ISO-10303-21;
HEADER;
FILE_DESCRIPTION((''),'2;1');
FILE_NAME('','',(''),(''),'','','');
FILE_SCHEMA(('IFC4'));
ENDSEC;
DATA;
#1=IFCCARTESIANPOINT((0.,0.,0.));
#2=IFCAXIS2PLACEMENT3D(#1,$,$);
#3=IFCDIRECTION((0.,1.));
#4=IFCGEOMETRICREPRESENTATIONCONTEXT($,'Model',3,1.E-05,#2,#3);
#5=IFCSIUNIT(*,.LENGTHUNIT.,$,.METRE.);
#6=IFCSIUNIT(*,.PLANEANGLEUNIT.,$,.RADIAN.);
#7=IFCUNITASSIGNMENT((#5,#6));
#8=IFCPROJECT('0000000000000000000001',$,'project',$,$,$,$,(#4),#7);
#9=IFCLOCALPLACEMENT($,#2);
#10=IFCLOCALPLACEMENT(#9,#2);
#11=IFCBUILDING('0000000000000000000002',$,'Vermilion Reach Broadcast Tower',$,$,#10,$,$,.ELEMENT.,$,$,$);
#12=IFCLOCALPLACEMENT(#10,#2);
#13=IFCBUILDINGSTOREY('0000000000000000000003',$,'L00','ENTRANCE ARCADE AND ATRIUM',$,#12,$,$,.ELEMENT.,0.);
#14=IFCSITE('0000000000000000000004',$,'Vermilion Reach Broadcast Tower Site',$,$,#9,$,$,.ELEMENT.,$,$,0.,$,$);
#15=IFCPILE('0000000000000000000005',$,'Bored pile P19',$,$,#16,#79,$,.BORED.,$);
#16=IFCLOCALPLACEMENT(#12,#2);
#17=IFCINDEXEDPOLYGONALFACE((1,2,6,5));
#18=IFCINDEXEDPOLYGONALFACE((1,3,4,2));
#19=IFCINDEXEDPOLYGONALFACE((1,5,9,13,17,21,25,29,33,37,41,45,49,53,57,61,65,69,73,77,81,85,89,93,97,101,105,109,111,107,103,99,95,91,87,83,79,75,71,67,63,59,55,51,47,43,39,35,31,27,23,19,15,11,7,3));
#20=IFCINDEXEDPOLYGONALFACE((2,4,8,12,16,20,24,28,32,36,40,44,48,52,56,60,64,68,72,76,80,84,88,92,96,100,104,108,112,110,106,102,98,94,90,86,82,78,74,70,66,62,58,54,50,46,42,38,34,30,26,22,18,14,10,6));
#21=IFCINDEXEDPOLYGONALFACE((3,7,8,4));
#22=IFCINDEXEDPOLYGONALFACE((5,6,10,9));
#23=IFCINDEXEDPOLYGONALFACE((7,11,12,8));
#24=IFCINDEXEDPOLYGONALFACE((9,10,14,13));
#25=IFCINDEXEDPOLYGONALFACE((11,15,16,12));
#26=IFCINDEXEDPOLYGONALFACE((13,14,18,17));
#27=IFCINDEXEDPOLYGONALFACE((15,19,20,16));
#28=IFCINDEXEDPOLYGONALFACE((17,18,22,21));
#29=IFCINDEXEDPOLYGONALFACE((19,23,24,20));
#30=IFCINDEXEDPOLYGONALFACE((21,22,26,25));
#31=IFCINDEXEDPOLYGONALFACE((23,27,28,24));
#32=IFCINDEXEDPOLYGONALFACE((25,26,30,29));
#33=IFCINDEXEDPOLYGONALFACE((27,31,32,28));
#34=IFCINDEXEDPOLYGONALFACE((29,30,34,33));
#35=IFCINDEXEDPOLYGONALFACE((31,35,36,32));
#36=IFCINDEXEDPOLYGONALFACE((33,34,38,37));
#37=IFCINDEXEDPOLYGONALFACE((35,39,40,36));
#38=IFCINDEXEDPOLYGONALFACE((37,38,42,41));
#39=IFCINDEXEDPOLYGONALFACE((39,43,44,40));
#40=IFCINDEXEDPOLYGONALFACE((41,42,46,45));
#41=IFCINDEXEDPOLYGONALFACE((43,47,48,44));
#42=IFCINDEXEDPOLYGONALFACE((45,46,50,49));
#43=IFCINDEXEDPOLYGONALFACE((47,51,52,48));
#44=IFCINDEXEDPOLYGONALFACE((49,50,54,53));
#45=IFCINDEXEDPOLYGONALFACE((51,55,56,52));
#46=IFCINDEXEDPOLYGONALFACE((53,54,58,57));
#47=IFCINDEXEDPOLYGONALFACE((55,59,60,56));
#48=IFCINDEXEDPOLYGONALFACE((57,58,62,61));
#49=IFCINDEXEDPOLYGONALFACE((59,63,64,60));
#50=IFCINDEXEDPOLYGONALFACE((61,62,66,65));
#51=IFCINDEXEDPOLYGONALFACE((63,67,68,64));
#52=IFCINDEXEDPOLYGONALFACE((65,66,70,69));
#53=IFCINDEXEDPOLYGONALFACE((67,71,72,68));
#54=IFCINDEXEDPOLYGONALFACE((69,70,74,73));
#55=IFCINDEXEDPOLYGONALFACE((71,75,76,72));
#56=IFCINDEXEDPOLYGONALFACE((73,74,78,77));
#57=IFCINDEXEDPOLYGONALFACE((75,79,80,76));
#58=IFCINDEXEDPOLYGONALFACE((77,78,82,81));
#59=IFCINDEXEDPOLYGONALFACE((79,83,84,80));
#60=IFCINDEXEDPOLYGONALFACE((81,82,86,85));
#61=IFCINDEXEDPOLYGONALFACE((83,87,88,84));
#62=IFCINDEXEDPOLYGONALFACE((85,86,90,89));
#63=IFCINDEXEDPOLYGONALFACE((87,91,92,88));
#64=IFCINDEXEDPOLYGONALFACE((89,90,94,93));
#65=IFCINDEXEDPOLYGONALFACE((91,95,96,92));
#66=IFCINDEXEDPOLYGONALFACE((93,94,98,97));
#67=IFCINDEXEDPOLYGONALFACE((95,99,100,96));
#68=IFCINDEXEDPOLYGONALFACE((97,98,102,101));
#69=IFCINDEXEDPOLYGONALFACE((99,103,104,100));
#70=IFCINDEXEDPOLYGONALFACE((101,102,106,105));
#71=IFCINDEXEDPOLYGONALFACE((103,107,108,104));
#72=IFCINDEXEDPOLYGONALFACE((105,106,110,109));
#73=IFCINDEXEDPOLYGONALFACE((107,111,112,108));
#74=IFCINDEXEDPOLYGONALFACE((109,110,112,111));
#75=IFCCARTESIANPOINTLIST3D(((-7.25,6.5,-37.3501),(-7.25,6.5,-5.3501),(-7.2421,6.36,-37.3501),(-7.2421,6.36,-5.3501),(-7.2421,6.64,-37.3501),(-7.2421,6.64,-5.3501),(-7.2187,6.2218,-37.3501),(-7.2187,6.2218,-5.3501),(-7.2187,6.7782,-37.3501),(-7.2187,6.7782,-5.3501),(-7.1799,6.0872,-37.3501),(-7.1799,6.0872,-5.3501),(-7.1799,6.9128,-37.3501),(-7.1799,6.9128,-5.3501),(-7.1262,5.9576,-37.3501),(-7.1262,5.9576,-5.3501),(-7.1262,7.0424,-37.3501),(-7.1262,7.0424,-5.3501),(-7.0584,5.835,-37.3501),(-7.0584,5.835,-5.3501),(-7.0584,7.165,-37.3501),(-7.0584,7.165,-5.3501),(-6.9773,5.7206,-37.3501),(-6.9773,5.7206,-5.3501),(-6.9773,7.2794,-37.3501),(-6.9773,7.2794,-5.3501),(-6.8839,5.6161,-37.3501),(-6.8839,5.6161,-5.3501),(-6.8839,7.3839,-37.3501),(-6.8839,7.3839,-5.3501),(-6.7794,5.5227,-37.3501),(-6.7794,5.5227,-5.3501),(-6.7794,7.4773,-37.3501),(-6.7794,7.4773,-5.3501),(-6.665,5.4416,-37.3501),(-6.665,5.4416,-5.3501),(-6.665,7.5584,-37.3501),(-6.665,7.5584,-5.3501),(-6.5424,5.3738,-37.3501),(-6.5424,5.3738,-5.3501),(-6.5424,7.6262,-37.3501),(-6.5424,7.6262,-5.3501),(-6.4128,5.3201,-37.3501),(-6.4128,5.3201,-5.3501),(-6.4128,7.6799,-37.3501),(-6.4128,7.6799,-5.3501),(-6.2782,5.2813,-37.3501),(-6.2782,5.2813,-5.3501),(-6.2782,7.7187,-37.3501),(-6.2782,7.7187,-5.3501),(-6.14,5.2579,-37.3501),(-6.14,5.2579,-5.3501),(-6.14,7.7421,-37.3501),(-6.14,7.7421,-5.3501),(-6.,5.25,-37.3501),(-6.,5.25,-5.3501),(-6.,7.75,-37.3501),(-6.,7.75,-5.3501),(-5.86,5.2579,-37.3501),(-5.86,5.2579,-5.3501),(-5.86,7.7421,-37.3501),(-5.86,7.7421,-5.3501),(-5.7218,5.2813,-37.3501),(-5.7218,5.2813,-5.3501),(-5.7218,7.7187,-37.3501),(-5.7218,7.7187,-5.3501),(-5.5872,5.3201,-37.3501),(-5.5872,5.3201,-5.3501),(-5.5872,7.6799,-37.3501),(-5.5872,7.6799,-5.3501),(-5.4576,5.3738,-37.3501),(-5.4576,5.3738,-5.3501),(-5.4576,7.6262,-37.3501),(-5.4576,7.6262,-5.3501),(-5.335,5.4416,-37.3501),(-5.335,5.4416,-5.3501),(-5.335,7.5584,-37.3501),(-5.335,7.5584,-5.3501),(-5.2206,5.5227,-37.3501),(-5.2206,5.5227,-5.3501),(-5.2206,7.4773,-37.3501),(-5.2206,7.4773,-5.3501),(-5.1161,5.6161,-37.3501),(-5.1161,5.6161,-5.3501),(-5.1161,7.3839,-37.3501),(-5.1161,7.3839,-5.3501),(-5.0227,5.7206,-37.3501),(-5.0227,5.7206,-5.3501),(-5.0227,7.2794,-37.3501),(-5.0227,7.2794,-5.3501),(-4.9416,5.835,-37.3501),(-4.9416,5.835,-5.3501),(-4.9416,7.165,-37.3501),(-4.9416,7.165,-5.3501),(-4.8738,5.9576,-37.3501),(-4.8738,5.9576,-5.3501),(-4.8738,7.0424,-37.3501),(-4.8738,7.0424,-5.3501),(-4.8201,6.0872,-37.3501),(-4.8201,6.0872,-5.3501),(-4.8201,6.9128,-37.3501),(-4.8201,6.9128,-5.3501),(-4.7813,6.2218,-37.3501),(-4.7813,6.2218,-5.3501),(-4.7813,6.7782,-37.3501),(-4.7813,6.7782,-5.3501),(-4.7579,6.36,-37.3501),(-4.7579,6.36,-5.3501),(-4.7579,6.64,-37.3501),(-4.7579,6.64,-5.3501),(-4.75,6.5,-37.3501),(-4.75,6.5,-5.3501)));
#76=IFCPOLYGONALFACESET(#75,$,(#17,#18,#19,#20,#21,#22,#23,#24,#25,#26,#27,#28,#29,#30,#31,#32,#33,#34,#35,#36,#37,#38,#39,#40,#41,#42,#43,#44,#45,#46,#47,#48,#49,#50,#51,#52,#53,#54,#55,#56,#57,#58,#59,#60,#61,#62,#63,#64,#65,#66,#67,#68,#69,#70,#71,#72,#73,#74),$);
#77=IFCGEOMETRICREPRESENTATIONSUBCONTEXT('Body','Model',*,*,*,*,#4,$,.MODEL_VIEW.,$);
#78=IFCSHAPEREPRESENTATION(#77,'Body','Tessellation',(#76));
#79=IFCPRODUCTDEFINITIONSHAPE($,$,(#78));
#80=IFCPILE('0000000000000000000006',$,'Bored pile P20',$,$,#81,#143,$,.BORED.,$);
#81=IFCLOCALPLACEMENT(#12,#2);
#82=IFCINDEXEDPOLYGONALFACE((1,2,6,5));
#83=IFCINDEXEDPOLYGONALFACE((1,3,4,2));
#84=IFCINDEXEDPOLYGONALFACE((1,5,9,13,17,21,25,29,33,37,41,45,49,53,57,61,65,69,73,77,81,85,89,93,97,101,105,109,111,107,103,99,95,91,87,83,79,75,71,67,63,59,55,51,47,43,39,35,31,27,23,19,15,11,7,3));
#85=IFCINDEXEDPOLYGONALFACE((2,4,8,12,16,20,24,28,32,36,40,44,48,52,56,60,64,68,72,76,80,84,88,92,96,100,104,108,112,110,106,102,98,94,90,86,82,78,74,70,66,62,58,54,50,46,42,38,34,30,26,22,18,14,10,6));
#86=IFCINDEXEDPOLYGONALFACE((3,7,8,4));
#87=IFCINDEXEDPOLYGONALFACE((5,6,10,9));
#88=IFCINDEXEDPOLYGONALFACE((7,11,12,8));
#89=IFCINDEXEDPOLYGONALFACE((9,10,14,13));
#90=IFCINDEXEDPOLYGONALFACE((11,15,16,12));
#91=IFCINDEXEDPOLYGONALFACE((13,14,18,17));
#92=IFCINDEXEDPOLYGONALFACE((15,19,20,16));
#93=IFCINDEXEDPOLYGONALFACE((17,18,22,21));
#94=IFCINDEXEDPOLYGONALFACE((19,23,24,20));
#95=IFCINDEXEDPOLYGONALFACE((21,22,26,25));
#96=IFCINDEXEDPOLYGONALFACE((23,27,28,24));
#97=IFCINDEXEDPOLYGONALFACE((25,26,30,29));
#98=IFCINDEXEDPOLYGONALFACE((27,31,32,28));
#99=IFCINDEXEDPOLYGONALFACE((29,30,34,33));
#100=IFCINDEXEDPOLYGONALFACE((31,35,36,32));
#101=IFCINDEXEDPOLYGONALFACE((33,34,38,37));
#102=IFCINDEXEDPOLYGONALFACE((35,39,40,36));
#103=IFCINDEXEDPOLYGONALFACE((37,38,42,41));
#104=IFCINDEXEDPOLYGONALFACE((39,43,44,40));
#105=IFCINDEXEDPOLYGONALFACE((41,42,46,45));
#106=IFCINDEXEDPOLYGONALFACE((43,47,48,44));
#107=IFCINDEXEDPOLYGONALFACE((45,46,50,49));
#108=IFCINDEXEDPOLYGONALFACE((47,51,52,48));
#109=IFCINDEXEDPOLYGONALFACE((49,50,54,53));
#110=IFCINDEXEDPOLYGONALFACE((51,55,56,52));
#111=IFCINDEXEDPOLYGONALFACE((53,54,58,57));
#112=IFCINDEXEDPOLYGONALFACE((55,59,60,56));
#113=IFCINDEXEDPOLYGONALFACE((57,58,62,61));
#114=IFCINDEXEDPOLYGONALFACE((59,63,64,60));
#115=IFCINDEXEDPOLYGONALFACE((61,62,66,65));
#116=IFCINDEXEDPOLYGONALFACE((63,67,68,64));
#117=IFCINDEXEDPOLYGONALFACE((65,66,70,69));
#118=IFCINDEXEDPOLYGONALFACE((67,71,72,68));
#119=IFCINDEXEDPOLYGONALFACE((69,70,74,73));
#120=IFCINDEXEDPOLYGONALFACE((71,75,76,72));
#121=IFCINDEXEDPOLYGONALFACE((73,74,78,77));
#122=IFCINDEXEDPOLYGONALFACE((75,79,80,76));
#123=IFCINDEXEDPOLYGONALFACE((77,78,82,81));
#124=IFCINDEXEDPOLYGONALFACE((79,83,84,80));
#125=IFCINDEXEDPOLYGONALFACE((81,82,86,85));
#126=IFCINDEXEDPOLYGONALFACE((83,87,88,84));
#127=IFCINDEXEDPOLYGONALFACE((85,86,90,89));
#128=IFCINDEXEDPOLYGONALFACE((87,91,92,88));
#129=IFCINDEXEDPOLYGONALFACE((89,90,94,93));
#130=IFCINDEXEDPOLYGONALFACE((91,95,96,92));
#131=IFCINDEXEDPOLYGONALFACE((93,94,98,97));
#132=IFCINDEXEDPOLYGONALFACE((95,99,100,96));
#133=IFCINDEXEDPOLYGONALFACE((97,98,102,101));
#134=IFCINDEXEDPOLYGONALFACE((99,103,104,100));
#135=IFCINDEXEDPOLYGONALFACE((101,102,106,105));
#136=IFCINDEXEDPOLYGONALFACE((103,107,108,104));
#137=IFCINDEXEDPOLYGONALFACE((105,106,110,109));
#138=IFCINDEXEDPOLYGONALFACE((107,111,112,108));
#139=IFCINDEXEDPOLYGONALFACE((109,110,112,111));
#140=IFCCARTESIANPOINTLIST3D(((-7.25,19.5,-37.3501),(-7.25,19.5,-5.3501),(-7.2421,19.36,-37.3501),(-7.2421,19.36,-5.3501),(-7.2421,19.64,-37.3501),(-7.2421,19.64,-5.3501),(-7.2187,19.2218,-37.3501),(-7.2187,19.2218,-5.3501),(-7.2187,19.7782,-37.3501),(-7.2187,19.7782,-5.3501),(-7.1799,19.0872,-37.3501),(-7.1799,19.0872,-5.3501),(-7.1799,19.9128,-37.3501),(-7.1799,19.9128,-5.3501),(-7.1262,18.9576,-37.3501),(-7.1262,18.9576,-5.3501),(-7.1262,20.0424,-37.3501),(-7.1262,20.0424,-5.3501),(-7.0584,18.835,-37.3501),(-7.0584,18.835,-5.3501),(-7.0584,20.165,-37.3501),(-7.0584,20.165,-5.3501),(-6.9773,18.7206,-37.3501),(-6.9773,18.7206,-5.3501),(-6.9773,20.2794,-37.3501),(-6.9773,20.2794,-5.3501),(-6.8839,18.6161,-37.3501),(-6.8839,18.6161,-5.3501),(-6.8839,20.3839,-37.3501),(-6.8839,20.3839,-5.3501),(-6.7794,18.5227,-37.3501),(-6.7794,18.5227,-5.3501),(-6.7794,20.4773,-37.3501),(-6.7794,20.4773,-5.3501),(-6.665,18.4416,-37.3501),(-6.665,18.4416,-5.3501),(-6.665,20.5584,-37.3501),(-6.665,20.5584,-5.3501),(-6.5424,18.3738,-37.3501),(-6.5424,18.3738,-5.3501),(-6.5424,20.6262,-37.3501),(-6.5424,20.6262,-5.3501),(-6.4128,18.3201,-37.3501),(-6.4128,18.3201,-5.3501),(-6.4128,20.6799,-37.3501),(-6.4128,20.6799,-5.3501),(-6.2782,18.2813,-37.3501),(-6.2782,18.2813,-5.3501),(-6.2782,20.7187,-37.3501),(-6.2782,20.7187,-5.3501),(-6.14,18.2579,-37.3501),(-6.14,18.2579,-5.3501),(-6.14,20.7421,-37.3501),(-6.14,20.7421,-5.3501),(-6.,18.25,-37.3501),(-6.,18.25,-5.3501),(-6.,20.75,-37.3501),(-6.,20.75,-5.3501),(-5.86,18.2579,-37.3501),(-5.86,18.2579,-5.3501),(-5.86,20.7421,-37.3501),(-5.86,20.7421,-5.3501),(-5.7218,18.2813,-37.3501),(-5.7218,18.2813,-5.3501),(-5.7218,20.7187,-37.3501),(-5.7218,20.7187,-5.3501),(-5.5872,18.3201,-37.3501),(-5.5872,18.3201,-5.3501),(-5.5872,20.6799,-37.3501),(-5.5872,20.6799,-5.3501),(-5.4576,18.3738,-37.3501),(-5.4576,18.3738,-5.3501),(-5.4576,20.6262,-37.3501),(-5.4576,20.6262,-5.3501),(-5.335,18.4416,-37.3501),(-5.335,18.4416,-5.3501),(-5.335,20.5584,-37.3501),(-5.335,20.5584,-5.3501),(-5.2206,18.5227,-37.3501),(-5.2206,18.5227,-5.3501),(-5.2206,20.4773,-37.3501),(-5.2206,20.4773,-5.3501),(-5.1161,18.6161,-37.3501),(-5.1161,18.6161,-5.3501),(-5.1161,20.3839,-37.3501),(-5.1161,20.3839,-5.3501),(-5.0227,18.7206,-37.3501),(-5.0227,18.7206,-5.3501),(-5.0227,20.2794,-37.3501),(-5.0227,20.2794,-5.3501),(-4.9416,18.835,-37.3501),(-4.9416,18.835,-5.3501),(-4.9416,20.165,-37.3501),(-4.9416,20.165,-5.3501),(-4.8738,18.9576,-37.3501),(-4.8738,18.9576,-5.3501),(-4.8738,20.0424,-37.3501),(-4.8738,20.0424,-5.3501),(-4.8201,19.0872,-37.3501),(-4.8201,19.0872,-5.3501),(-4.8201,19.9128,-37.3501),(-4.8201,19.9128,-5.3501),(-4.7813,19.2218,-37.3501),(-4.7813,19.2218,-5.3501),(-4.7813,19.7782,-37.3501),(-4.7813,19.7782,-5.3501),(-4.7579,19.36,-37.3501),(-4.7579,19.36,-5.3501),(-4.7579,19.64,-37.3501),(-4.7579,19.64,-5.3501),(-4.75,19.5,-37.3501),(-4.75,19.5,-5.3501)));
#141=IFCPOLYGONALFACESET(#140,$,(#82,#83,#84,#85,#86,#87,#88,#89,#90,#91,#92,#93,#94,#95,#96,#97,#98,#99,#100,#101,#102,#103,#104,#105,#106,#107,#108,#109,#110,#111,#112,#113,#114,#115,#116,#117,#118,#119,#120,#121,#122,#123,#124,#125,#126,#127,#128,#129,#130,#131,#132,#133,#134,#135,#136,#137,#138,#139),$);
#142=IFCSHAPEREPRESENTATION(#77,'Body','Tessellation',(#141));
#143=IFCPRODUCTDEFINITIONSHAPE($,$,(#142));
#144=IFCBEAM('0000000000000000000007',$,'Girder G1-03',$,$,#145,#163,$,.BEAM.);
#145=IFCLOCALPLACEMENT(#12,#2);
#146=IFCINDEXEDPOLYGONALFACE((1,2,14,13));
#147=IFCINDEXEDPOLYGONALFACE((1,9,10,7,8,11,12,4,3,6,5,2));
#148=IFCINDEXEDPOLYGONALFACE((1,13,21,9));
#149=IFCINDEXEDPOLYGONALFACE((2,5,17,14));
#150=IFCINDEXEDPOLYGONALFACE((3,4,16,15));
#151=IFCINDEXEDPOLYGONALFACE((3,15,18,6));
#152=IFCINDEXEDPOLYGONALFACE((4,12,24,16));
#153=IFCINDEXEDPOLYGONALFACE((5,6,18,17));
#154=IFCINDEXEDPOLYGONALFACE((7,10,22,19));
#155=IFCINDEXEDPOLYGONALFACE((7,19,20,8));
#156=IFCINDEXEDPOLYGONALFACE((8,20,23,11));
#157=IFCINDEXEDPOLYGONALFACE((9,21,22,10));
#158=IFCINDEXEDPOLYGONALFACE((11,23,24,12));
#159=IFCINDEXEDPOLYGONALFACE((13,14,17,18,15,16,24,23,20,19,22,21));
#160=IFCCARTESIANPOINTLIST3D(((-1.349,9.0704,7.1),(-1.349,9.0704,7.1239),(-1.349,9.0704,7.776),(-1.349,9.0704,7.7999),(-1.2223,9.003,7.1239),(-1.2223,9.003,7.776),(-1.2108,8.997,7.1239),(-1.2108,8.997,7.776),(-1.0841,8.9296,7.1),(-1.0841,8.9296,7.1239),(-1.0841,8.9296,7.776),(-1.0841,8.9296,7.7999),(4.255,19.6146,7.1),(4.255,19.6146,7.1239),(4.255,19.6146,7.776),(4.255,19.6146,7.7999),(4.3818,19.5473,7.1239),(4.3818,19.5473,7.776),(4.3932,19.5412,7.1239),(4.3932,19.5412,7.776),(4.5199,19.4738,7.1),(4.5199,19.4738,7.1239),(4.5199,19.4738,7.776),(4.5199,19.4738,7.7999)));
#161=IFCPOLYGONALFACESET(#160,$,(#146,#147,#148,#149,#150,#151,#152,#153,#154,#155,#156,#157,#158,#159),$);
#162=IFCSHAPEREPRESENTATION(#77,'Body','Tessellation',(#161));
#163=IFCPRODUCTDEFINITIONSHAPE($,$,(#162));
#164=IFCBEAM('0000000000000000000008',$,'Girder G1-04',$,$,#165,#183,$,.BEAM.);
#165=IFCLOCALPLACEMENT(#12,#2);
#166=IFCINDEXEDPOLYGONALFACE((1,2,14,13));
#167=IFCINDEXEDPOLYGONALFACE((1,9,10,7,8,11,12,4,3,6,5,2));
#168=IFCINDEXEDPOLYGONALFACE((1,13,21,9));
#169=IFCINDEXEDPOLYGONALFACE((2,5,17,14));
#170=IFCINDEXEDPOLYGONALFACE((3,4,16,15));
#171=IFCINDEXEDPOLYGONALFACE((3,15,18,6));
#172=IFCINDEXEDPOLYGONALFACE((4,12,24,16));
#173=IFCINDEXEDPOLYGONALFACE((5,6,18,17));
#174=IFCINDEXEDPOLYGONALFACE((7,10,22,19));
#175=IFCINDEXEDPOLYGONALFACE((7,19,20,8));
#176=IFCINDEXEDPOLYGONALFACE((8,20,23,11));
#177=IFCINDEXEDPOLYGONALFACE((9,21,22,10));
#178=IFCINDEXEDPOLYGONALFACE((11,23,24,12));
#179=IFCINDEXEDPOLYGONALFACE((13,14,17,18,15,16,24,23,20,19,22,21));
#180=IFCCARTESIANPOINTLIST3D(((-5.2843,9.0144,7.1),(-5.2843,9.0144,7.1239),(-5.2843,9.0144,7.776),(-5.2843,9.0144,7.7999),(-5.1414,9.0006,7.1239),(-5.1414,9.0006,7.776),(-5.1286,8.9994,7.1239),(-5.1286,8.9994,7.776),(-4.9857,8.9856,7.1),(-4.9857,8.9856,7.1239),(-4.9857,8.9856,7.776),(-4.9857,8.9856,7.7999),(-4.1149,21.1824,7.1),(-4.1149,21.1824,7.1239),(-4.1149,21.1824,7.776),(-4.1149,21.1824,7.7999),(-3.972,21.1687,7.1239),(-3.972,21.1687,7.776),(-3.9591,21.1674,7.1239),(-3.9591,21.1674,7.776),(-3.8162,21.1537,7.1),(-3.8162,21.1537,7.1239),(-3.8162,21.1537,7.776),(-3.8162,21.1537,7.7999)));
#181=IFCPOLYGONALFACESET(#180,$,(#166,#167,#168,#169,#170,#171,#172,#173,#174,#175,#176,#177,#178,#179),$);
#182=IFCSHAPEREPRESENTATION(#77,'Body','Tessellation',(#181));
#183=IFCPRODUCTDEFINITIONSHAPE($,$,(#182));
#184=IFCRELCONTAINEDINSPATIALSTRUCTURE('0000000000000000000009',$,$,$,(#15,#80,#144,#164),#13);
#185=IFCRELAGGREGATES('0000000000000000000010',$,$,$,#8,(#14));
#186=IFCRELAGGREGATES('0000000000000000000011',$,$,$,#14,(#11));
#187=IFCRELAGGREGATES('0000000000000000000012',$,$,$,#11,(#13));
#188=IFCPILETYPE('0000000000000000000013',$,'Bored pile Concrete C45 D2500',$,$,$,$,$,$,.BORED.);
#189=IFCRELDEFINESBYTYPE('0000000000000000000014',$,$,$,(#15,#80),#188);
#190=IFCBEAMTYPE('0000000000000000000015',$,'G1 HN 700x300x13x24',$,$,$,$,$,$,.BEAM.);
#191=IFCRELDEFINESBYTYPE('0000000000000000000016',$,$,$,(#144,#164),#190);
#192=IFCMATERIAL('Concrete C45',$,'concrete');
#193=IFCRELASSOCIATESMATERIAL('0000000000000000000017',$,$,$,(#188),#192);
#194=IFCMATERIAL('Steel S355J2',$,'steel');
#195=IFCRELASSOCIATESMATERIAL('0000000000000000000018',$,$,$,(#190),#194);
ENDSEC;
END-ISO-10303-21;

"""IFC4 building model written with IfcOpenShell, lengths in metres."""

from ifc_helpers import new_model, si_unit, direction, frame, origin, origin_2d, place, context, subcontext, project, spatial, circle, i_section, extrude, material, material_profile, profile_set, type_object, element, save


model = new_model("IFC4")

# Units and contexts
model_context = context("Model", 3, precision=1e-05, world=origin(), true_north=direction((0.0, 1.0)))
body_context = subcontext(model_context, "Body", "Model", "MODEL_VIEW")
ifc_project = project(units=[si_unit("LENGTHUNIT", "METRE"), si_unit("PLANEANGLEUNIT", "RADIAN")], contexts=[model_context])

# Site, building, storey
site_placement = place(None, origin())
site = spatial("IfcSite", under=ifc_project, at=site_placement, Name="Vermilion Reach Broadcast Tower Site", CompositionType="ELEMENT", RefElevation=0.0)
building_placement = place(site_placement, origin())
building = spatial("IfcBuilding", under=site, at=building_placement, Name="Vermilion Reach Broadcast Tower", CompositionType="ELEMENT")
storey_placement = place(building_placement, origin())
storey = spatial("IfcBuildingStorey", under=building, at=storey_placement, Name="L00", Description="ENTRANCE ARCADE AND ATRIUM", CompositionType="ELEMENT", Elevation=0.0)

# Piles
ifc_material_1 = material(Name="Concrete C45", Category="concrete")
ifc_material_profile_1 = material_profile(ifc_material_1, circle(Radius=1.25, at=origin_2d()), Name="Concrete C45 D2500")
ifc_profile_set_1 = profile_set([ifc_material_profile_1], Name="Concrete C45")
pile_type = type_object("IfcPileType", Name="Bored pile Concrete C45 D2500", PredefinedType="BORED", material=ifc_profile_set_1)
for number, where, z_axis, x_axis, name in (
    (1, (-6.0, 6.5, -5.3501), (0.0, 0.0, -1.0), (1.0, 0.0, 0.0), "Bored pile P19"),
    (2, (-6.0, 19.5, -5.3501), (0.0, 0.0, -1.0), (1.0, 0.0, 0.0), "Bored pile P20"),
):
    element("IfcPile", number, at=place(storey_placement, frame(where, z_axis=z_axis, x_axis=x_axis)), inside=storey, type_object=pile_type, Name=name, PredefinedType="BORED", context=body_context, shape_type="SweptSolid", body=[
        extrude(circle(Radius=1.25, at=origin_2d()), origin(), (0.0, 0.0, 1.0), 32.0),
    ])

# Beams
ifc_material_2 = material(Name="Steel S355J2", Category="steel")
ifc_material_profile_2 = material_profile(ifc_material_2, i_section(OverallWidth=0.3, OverallDepth=0.7, WebThickness=0.0129, FlangeThickness=0.0239, at=origin_2d()), Name="S355J2 HN 700x300x13x24")
ifc_profile_set_2 = profile_set([ifc_material_profile_2], Name="Steel S355J2")
beam_type_1 = type_object("IfcBeamType", Name="G1 HN 700x300x13x24", PredefinedType="BEAM", material=ifc_profile_set_2)
beam_1_placement = place(storey_placement, frame((-1.2166, 9.0, 7.45), z_axis=(0.469312, 0.883032, 0.0), x_axis=(-0.883032, 0.469312, 0.0)))
element("IfcBeam", 3, at=beam_1_placement, inside=storey, type_object=beam_type_1, Name="Girder G1-03", PredefinedType="BEAM", context=body_context, shape_type="SweptSolid", body=[
    extrude(i_section(OverallWidth=0.3, OverallDepth=0.7, WebThickness=0.0129, FlangeThickness=0.0239, at=origin_2d()), origin(), (0.0, 0.0, 1.0), 11.9409),
])
beam_2_placement = place(storey_placement, frame((-5.135, 9.0, 7.45), z_axis=(0.095667, 0.995413, 0.0), x_axis=(-0.995413, 0.095667, 0.0)))
element("IfcBeam", 4, at=beam_2_placement, inside=storey, type_object=beam_type_1, Name="Girder G1-04", PredefinedType="BEAM", context=body_context, shape_type="SweptSolid", body=[
    extrude(i_section(OverallWidth=0.3, OverallDepth=0.7, WebThickness=0.0129, FlangeThickness=0.0239, at=origin_2d()), origin(), (0.0, 0.0, 1.0), 12.2241),
])

save(model, "model.ifc")
